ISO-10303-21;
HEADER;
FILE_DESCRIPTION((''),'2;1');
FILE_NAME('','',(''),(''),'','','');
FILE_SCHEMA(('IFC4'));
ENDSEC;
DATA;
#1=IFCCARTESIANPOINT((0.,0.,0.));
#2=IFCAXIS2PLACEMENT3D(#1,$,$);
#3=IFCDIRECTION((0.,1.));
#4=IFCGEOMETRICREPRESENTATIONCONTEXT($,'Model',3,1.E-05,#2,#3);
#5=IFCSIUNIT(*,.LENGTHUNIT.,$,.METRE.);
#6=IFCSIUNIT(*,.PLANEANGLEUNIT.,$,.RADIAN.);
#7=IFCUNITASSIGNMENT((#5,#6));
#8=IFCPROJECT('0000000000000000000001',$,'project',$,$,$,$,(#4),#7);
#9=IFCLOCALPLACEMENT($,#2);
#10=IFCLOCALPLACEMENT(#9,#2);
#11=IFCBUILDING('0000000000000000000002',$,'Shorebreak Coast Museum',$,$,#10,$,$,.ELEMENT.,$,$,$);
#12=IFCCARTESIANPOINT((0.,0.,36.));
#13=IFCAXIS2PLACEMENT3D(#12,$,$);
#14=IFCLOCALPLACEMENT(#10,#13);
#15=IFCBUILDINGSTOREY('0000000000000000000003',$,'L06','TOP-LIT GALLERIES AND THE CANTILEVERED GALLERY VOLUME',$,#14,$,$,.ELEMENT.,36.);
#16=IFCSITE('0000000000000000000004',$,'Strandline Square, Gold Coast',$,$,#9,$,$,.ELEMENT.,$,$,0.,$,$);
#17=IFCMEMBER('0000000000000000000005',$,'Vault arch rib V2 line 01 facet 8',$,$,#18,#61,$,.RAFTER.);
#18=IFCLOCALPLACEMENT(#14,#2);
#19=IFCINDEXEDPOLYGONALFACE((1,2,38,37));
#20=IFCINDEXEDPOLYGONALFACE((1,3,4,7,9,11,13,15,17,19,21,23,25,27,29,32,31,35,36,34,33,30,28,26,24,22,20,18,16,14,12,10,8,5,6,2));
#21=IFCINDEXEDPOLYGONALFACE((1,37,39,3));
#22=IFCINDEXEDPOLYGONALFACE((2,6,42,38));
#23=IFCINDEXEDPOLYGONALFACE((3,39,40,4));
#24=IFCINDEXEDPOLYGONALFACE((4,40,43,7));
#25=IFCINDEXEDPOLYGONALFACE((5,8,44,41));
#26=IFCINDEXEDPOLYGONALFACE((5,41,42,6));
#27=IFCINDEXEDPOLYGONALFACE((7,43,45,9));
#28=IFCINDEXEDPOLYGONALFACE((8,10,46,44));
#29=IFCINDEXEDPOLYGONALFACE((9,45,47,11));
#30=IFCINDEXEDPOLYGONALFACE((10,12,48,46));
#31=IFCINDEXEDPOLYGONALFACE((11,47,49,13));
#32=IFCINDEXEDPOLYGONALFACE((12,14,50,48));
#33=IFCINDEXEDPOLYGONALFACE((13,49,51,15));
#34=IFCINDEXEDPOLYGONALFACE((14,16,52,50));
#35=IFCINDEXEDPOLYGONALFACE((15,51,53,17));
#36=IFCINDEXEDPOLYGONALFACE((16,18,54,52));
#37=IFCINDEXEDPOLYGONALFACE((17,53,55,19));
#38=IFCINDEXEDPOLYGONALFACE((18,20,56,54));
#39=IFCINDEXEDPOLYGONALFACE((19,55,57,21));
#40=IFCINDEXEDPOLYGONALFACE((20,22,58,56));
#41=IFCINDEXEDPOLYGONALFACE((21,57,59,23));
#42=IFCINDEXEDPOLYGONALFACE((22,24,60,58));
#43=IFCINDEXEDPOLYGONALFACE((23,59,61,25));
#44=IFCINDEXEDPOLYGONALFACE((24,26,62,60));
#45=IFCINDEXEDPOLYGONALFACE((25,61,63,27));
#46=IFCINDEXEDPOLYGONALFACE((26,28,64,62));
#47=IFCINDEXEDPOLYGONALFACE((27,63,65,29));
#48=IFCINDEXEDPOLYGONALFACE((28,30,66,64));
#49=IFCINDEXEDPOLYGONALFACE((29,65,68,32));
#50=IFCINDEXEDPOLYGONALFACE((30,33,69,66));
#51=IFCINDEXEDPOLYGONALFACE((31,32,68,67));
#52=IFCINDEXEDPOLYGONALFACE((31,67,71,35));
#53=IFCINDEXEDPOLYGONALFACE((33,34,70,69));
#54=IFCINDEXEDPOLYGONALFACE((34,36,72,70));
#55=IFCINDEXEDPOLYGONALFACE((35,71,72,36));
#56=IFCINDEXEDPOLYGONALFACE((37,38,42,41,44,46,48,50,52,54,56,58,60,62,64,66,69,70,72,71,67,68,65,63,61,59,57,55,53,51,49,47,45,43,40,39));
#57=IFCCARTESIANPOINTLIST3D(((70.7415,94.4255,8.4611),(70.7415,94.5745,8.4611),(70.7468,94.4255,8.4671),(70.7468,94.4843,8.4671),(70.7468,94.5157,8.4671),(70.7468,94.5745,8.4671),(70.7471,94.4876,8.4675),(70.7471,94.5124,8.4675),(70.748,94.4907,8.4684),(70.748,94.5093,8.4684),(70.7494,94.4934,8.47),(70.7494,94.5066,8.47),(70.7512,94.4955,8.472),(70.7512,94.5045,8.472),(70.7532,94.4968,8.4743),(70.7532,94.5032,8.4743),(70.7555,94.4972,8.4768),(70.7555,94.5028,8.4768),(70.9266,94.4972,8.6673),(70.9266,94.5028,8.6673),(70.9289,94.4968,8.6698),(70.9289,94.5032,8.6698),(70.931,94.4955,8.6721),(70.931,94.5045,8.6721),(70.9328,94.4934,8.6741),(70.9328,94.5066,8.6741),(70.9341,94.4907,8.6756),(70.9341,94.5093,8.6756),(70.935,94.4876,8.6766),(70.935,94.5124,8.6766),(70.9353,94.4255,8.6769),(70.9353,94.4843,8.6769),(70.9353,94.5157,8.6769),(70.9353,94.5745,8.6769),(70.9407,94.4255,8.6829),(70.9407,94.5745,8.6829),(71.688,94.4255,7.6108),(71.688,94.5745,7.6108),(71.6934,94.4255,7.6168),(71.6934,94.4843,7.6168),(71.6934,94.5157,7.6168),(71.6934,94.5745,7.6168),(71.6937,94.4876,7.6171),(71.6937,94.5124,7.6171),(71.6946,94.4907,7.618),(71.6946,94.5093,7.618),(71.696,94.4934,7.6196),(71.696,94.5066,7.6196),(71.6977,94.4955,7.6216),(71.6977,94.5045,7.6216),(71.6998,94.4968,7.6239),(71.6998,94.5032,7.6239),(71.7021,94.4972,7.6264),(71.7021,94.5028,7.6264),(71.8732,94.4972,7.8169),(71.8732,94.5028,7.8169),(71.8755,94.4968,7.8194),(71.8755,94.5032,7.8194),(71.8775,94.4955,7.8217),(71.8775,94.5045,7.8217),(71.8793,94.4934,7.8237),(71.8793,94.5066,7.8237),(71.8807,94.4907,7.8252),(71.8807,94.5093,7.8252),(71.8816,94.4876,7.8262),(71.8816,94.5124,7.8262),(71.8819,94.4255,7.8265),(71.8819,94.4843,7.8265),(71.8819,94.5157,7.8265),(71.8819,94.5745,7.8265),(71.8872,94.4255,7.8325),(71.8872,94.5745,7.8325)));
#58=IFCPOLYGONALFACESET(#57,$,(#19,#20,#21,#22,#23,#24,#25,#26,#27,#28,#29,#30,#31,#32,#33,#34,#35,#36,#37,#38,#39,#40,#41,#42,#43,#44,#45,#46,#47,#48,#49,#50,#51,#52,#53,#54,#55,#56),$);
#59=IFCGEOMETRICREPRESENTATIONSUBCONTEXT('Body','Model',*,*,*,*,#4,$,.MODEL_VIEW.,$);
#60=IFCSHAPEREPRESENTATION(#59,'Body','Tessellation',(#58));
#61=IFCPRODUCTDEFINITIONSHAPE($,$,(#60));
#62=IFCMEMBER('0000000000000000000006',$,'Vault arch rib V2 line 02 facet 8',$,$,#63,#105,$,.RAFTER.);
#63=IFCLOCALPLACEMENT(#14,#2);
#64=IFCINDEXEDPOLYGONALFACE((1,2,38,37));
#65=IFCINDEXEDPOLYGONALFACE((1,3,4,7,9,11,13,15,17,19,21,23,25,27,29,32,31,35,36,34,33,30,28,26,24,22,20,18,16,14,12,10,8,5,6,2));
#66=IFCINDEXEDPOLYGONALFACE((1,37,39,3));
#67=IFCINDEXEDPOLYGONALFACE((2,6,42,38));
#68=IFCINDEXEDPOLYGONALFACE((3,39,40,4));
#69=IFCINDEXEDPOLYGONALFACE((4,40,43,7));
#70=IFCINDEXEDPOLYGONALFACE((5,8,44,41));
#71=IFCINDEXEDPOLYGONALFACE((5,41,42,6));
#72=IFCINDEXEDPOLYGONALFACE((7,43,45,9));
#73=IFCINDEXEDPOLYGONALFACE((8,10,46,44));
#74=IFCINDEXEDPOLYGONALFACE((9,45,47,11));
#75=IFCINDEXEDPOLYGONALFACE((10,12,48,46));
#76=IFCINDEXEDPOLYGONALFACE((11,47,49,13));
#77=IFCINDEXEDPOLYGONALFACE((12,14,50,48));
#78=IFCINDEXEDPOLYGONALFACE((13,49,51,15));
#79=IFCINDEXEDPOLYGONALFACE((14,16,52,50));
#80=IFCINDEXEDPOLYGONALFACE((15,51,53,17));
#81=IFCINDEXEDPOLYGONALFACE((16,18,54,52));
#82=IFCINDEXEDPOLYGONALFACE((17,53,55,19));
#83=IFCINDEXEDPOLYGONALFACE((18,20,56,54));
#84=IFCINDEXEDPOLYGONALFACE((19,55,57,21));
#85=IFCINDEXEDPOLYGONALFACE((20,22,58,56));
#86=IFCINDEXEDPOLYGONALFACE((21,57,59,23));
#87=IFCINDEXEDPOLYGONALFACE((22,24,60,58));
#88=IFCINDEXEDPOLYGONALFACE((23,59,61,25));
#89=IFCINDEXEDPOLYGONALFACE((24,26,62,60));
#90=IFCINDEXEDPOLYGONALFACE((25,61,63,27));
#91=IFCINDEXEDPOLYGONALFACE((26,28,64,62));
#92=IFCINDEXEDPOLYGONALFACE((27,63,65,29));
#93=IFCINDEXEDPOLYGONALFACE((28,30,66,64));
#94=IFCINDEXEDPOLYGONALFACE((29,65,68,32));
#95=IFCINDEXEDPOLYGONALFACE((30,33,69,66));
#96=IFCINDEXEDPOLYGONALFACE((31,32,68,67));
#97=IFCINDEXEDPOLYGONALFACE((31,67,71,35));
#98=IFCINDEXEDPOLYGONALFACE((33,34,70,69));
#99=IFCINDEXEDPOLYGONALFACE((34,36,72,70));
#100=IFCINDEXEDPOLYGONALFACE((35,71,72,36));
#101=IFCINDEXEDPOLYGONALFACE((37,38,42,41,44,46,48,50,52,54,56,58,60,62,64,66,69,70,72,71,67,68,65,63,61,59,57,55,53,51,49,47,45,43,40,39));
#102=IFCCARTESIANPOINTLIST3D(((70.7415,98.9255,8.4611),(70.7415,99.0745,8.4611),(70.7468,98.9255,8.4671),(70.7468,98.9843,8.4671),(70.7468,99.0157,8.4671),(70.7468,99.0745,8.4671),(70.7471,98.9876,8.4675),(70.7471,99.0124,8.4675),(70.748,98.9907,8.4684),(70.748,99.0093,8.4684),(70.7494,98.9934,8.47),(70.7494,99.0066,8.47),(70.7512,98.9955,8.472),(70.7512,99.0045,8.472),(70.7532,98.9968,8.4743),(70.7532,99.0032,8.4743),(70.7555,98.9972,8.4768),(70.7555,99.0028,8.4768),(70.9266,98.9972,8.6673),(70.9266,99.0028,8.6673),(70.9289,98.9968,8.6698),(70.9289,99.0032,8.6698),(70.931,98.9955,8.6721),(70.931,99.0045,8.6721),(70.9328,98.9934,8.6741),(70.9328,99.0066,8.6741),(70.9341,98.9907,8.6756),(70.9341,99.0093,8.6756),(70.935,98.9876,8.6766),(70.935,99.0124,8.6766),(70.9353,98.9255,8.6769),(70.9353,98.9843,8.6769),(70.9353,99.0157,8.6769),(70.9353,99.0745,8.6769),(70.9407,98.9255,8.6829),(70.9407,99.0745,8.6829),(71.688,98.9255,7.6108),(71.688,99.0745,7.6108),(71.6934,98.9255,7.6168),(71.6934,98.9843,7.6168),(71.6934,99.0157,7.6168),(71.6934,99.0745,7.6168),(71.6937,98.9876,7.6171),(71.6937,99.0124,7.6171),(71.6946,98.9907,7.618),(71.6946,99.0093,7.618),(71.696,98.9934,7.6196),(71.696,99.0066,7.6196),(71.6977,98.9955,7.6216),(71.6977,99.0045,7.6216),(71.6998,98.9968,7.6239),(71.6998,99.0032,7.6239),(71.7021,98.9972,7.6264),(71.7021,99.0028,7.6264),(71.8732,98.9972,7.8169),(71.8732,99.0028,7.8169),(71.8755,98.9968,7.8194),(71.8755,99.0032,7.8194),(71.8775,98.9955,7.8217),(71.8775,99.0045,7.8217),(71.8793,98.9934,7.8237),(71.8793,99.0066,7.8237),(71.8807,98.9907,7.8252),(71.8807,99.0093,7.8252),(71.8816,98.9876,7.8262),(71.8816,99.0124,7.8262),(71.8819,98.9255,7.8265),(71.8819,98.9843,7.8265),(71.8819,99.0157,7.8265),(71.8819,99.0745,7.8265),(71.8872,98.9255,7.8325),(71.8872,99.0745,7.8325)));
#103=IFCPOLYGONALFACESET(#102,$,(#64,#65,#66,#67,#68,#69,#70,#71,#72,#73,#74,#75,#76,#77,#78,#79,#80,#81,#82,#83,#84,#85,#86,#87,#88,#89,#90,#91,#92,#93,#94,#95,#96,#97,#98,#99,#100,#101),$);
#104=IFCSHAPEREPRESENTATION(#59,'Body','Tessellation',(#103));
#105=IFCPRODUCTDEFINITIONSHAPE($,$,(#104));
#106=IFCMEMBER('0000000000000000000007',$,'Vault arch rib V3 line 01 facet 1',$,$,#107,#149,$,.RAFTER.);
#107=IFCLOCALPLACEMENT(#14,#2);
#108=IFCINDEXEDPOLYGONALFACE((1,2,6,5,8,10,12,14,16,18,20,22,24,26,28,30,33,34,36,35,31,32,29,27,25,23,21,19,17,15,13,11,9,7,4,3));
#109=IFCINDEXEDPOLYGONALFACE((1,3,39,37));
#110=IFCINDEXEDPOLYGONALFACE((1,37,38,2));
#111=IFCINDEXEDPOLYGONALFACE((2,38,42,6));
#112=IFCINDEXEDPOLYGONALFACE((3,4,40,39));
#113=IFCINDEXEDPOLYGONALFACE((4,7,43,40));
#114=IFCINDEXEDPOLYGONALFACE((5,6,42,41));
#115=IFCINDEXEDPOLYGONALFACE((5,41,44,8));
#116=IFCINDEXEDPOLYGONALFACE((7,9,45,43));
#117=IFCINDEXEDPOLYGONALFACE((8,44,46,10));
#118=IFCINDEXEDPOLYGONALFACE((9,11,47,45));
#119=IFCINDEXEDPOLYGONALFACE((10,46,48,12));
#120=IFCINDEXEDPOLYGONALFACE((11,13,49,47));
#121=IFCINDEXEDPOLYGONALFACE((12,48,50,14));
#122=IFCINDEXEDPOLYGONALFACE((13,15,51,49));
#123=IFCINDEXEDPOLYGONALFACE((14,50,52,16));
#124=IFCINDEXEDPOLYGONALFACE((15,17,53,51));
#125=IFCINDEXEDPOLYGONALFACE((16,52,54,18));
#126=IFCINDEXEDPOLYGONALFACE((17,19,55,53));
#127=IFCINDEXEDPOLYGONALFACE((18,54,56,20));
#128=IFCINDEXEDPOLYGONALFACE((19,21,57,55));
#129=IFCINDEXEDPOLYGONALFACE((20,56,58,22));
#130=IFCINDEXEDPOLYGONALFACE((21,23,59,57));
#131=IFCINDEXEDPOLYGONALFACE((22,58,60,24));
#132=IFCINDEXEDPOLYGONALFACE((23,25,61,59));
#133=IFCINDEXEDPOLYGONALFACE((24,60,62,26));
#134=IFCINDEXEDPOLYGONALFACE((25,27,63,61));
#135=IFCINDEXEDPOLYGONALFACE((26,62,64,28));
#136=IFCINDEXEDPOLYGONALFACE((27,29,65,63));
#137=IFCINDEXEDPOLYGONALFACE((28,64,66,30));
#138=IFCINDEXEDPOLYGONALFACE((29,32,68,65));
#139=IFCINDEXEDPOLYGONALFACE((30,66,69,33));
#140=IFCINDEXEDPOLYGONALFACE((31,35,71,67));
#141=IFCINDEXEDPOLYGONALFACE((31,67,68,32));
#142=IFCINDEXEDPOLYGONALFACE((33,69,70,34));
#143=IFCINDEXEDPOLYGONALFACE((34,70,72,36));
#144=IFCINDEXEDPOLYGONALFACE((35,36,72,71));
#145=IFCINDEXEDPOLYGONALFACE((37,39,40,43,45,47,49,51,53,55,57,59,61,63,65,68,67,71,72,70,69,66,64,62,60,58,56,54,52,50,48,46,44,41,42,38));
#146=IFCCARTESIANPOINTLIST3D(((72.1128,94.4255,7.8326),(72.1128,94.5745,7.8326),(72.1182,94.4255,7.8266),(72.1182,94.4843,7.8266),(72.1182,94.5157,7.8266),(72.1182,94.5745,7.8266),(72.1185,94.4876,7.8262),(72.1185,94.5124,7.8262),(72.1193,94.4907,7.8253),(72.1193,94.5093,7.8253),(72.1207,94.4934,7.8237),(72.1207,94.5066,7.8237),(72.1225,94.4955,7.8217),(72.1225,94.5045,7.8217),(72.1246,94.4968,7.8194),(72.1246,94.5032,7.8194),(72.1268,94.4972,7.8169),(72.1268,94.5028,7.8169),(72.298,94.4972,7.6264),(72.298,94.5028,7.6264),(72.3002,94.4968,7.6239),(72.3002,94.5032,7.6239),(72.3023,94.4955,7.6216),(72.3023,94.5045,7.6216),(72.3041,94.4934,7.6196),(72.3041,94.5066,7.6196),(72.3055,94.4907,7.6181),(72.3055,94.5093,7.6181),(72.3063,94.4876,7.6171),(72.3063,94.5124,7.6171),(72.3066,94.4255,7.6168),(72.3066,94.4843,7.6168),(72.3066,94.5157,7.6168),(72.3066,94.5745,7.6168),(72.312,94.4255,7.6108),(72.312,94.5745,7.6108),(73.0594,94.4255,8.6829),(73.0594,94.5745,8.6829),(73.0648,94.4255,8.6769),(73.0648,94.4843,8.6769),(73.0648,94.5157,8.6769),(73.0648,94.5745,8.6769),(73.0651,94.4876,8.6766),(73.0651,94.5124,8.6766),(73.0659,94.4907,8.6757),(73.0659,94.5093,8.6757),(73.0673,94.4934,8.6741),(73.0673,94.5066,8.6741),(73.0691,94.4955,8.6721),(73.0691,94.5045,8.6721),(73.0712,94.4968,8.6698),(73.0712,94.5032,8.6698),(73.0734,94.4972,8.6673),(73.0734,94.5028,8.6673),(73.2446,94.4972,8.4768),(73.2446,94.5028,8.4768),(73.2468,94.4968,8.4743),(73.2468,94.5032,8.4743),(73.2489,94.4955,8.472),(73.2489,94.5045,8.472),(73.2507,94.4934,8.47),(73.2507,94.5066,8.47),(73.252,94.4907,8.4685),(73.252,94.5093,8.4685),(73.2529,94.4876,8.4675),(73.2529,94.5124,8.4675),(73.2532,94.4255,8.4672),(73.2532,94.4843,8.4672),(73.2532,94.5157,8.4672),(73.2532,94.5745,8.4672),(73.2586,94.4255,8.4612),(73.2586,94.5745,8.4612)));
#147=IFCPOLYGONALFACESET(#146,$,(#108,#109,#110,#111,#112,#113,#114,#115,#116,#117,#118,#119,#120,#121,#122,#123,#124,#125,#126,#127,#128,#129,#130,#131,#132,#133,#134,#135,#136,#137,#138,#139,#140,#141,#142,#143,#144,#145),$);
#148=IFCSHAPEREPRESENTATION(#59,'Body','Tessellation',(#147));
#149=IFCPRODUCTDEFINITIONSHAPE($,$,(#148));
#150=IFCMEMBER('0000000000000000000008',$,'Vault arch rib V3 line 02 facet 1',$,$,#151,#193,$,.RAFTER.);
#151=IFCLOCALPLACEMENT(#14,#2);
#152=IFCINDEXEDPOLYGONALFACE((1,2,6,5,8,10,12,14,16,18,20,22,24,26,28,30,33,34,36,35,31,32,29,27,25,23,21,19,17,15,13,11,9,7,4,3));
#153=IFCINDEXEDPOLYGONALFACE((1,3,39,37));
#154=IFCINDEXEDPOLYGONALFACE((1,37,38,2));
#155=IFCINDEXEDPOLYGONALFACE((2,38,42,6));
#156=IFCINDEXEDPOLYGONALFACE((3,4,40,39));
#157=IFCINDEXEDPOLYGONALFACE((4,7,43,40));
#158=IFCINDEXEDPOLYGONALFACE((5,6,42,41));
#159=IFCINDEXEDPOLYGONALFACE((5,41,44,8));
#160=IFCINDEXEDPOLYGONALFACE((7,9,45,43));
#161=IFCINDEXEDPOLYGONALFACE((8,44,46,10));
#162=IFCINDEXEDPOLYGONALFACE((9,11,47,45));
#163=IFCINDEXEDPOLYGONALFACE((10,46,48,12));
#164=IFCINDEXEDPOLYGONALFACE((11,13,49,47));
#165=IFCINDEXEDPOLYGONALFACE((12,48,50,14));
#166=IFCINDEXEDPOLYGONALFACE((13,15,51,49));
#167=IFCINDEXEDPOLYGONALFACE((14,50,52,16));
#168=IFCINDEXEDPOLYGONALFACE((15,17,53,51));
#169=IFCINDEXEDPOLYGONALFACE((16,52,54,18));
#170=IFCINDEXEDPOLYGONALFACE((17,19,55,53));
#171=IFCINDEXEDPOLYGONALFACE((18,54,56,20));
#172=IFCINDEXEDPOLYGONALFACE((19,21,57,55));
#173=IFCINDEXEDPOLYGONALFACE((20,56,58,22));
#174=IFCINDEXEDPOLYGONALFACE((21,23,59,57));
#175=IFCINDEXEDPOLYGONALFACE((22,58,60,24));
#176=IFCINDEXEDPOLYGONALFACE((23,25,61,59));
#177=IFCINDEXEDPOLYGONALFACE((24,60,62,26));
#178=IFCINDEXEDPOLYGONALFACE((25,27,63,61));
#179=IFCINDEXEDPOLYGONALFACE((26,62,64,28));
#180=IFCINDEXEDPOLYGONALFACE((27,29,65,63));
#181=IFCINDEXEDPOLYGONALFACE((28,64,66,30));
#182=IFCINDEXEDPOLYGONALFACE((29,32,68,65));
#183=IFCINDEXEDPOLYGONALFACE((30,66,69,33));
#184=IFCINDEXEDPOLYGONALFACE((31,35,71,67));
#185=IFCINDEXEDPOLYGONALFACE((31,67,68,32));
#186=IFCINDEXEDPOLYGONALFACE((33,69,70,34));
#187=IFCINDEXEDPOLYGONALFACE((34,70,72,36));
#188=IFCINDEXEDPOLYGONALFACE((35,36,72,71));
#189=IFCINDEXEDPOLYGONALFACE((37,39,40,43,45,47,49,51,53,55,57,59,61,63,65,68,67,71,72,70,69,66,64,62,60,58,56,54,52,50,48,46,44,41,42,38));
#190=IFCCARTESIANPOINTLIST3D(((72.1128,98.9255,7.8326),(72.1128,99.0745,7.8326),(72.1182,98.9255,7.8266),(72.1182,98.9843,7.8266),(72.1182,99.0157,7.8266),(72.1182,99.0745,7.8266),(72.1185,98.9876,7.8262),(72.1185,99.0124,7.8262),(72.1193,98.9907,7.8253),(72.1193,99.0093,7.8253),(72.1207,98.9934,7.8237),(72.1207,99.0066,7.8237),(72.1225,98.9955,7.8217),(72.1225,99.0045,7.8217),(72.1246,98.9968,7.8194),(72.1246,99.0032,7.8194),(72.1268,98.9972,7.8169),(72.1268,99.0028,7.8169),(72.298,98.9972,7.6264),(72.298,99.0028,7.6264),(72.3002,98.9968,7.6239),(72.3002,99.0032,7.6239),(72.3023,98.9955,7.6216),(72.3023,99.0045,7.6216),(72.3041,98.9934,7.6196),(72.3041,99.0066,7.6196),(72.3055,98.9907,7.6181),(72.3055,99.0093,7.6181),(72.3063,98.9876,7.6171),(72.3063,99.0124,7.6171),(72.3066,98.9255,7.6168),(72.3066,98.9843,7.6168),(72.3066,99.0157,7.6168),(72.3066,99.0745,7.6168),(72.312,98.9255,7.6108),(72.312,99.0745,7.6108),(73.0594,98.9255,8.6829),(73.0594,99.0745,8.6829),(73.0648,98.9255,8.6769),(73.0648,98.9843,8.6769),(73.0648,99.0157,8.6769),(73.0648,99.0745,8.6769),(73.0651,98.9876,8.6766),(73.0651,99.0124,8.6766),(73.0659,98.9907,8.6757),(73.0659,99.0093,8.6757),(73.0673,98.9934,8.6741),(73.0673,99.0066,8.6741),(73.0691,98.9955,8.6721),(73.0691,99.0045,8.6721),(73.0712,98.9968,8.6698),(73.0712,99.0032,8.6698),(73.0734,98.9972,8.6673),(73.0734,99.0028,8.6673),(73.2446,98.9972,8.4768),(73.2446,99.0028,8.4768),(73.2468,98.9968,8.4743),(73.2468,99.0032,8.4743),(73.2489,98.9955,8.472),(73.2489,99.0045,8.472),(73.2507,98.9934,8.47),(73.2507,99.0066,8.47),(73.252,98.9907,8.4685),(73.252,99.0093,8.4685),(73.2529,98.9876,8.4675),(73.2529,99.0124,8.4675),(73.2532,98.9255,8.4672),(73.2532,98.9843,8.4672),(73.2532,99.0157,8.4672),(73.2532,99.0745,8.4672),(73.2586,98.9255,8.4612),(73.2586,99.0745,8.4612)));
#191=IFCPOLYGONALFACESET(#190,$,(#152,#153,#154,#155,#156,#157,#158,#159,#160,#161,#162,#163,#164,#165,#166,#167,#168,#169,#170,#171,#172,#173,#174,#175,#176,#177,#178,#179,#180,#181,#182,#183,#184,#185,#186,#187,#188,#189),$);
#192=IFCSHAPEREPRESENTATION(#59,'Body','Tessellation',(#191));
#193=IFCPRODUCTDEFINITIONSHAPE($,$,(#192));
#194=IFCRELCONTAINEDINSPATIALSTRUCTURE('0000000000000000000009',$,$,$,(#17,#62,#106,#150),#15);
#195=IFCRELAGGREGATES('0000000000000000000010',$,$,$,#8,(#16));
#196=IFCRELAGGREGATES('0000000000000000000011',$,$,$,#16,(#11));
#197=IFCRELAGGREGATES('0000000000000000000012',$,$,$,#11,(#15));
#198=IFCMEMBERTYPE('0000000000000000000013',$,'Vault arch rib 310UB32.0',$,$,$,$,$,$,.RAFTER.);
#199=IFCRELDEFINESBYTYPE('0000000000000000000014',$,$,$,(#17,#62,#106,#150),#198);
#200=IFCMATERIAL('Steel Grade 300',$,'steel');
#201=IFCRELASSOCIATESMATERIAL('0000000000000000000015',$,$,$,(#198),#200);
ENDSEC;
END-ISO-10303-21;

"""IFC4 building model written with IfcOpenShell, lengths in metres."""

from ifc_helpers import new_model, si_unit, direction, frame, origin, origin_2d, place, context, subcontext, project, spatial, i_section, extrude, material, material_profile, profile_set, type_object, element, save


model = new_model("IFC4")

# Units and contexts
model_context = context("Model", 3, precision=1e-05, world=origin(), true_north=direction((0.0, 1.0)))
body_context = subcontext(model_context, "Body", "Model", "MODEL_VIEW")
ifc_project = project(units=[si_unit("LENGTHUNIT", "METRE"), si_unit("PLANEANGLEUNIT", "RADIAN")], contexts=[model_context])

# Site, building, storey
site_placement = place(None, origin())
site = spatial("IfcSite", under=ifc_project, at=site_placement, Name="Strandline Square, Gold Coast", CompositionType="ELEMENT", RefElevation=0.0)
building_placement = place(site_placement, origin())
building = spatial("IfcBuilding", under=site, at=building_placement, Name="Shorebreak Coast Museum", CompositionType="ELEMENT")
storey_placement = place(building_placement, frame((0.0, 0.0, 36.0)))
storey = spatial("IfcBuildingStorey", under=building, at=storey_placement, Name="L06", Description="TOP-LIT GALLERIES AND THE CANTILEVERED GALLERY VOLUME", CompositionType="ELEMENT", Elevation=36.0)

# Members
ifc_material_1 = material(Name="Steel Grade 300", Category="steel")
ifc_material_profile_1 = material_profile(ifc_material_1, i_section(OverallWidth=0.1489, OverallDepth=0.2981, WebThickness=0.0056, FlangeThickness=0.0081, FilletRadius=0.0129, at=origin_2d()), Name="310UB32.0")
ifc_profile_set_1 = profile_set([ifc_material_profile_1], Name="Steel Grade 300")
member_type_1 = type_object("IfcMemberType", Name="Vault arch rib 310UB32.0", PredefinedType="RAFTER", material=ifc_profile_set_1)
for number, where, z_axis, x_axis, name in (
    (1, (70.8411, 94.5, 8.572), (0.743895, 0.0, -0.668297), (0.0, 1.0, 0.0), "Vault arch rib V2 line 01 facet 8"),
    (2, (70.8411, 99.0, 8.572), (0.743895, 0.0, -0.668297), (0.0, 1.0, 0.0), "Vault arch rib V2 line 02 facet 8"),
    (3, (72.2124, 94.5, 7.7217), (0.743895, 0.0, 0.668297), (0.0, 1.0, 0.0), "Vault arch rib V3 line 01 facet 1"),
    (4, (72.2124, 99.0, 7.7217), (0.743895, 0.0, 0.668297), (0.0, 1.0, 0.0), "Vault arch rib V3 line 02 facet 1"),
):
    element("IfcMember", number, at=place(storey_placement, frame(where, z_axis=z_axis, x_axis=x_axis)), inside=storey, type_object=member_type_1, Name=name, PredefinedType="RAFTER", context=body_context, shape_type="SweptSolid", body=[
        extrude(i_section(OverallWidth=0.1489, OverallDepth=0.2981, WebThickness=0.0056, FlangeThickness=0.0081, FilletRadius=0.0129, at=origin_2d()), origin(), (0.0, 0.0, 1.0), 1.2725),
    ])

save(model, "model.ifc")
